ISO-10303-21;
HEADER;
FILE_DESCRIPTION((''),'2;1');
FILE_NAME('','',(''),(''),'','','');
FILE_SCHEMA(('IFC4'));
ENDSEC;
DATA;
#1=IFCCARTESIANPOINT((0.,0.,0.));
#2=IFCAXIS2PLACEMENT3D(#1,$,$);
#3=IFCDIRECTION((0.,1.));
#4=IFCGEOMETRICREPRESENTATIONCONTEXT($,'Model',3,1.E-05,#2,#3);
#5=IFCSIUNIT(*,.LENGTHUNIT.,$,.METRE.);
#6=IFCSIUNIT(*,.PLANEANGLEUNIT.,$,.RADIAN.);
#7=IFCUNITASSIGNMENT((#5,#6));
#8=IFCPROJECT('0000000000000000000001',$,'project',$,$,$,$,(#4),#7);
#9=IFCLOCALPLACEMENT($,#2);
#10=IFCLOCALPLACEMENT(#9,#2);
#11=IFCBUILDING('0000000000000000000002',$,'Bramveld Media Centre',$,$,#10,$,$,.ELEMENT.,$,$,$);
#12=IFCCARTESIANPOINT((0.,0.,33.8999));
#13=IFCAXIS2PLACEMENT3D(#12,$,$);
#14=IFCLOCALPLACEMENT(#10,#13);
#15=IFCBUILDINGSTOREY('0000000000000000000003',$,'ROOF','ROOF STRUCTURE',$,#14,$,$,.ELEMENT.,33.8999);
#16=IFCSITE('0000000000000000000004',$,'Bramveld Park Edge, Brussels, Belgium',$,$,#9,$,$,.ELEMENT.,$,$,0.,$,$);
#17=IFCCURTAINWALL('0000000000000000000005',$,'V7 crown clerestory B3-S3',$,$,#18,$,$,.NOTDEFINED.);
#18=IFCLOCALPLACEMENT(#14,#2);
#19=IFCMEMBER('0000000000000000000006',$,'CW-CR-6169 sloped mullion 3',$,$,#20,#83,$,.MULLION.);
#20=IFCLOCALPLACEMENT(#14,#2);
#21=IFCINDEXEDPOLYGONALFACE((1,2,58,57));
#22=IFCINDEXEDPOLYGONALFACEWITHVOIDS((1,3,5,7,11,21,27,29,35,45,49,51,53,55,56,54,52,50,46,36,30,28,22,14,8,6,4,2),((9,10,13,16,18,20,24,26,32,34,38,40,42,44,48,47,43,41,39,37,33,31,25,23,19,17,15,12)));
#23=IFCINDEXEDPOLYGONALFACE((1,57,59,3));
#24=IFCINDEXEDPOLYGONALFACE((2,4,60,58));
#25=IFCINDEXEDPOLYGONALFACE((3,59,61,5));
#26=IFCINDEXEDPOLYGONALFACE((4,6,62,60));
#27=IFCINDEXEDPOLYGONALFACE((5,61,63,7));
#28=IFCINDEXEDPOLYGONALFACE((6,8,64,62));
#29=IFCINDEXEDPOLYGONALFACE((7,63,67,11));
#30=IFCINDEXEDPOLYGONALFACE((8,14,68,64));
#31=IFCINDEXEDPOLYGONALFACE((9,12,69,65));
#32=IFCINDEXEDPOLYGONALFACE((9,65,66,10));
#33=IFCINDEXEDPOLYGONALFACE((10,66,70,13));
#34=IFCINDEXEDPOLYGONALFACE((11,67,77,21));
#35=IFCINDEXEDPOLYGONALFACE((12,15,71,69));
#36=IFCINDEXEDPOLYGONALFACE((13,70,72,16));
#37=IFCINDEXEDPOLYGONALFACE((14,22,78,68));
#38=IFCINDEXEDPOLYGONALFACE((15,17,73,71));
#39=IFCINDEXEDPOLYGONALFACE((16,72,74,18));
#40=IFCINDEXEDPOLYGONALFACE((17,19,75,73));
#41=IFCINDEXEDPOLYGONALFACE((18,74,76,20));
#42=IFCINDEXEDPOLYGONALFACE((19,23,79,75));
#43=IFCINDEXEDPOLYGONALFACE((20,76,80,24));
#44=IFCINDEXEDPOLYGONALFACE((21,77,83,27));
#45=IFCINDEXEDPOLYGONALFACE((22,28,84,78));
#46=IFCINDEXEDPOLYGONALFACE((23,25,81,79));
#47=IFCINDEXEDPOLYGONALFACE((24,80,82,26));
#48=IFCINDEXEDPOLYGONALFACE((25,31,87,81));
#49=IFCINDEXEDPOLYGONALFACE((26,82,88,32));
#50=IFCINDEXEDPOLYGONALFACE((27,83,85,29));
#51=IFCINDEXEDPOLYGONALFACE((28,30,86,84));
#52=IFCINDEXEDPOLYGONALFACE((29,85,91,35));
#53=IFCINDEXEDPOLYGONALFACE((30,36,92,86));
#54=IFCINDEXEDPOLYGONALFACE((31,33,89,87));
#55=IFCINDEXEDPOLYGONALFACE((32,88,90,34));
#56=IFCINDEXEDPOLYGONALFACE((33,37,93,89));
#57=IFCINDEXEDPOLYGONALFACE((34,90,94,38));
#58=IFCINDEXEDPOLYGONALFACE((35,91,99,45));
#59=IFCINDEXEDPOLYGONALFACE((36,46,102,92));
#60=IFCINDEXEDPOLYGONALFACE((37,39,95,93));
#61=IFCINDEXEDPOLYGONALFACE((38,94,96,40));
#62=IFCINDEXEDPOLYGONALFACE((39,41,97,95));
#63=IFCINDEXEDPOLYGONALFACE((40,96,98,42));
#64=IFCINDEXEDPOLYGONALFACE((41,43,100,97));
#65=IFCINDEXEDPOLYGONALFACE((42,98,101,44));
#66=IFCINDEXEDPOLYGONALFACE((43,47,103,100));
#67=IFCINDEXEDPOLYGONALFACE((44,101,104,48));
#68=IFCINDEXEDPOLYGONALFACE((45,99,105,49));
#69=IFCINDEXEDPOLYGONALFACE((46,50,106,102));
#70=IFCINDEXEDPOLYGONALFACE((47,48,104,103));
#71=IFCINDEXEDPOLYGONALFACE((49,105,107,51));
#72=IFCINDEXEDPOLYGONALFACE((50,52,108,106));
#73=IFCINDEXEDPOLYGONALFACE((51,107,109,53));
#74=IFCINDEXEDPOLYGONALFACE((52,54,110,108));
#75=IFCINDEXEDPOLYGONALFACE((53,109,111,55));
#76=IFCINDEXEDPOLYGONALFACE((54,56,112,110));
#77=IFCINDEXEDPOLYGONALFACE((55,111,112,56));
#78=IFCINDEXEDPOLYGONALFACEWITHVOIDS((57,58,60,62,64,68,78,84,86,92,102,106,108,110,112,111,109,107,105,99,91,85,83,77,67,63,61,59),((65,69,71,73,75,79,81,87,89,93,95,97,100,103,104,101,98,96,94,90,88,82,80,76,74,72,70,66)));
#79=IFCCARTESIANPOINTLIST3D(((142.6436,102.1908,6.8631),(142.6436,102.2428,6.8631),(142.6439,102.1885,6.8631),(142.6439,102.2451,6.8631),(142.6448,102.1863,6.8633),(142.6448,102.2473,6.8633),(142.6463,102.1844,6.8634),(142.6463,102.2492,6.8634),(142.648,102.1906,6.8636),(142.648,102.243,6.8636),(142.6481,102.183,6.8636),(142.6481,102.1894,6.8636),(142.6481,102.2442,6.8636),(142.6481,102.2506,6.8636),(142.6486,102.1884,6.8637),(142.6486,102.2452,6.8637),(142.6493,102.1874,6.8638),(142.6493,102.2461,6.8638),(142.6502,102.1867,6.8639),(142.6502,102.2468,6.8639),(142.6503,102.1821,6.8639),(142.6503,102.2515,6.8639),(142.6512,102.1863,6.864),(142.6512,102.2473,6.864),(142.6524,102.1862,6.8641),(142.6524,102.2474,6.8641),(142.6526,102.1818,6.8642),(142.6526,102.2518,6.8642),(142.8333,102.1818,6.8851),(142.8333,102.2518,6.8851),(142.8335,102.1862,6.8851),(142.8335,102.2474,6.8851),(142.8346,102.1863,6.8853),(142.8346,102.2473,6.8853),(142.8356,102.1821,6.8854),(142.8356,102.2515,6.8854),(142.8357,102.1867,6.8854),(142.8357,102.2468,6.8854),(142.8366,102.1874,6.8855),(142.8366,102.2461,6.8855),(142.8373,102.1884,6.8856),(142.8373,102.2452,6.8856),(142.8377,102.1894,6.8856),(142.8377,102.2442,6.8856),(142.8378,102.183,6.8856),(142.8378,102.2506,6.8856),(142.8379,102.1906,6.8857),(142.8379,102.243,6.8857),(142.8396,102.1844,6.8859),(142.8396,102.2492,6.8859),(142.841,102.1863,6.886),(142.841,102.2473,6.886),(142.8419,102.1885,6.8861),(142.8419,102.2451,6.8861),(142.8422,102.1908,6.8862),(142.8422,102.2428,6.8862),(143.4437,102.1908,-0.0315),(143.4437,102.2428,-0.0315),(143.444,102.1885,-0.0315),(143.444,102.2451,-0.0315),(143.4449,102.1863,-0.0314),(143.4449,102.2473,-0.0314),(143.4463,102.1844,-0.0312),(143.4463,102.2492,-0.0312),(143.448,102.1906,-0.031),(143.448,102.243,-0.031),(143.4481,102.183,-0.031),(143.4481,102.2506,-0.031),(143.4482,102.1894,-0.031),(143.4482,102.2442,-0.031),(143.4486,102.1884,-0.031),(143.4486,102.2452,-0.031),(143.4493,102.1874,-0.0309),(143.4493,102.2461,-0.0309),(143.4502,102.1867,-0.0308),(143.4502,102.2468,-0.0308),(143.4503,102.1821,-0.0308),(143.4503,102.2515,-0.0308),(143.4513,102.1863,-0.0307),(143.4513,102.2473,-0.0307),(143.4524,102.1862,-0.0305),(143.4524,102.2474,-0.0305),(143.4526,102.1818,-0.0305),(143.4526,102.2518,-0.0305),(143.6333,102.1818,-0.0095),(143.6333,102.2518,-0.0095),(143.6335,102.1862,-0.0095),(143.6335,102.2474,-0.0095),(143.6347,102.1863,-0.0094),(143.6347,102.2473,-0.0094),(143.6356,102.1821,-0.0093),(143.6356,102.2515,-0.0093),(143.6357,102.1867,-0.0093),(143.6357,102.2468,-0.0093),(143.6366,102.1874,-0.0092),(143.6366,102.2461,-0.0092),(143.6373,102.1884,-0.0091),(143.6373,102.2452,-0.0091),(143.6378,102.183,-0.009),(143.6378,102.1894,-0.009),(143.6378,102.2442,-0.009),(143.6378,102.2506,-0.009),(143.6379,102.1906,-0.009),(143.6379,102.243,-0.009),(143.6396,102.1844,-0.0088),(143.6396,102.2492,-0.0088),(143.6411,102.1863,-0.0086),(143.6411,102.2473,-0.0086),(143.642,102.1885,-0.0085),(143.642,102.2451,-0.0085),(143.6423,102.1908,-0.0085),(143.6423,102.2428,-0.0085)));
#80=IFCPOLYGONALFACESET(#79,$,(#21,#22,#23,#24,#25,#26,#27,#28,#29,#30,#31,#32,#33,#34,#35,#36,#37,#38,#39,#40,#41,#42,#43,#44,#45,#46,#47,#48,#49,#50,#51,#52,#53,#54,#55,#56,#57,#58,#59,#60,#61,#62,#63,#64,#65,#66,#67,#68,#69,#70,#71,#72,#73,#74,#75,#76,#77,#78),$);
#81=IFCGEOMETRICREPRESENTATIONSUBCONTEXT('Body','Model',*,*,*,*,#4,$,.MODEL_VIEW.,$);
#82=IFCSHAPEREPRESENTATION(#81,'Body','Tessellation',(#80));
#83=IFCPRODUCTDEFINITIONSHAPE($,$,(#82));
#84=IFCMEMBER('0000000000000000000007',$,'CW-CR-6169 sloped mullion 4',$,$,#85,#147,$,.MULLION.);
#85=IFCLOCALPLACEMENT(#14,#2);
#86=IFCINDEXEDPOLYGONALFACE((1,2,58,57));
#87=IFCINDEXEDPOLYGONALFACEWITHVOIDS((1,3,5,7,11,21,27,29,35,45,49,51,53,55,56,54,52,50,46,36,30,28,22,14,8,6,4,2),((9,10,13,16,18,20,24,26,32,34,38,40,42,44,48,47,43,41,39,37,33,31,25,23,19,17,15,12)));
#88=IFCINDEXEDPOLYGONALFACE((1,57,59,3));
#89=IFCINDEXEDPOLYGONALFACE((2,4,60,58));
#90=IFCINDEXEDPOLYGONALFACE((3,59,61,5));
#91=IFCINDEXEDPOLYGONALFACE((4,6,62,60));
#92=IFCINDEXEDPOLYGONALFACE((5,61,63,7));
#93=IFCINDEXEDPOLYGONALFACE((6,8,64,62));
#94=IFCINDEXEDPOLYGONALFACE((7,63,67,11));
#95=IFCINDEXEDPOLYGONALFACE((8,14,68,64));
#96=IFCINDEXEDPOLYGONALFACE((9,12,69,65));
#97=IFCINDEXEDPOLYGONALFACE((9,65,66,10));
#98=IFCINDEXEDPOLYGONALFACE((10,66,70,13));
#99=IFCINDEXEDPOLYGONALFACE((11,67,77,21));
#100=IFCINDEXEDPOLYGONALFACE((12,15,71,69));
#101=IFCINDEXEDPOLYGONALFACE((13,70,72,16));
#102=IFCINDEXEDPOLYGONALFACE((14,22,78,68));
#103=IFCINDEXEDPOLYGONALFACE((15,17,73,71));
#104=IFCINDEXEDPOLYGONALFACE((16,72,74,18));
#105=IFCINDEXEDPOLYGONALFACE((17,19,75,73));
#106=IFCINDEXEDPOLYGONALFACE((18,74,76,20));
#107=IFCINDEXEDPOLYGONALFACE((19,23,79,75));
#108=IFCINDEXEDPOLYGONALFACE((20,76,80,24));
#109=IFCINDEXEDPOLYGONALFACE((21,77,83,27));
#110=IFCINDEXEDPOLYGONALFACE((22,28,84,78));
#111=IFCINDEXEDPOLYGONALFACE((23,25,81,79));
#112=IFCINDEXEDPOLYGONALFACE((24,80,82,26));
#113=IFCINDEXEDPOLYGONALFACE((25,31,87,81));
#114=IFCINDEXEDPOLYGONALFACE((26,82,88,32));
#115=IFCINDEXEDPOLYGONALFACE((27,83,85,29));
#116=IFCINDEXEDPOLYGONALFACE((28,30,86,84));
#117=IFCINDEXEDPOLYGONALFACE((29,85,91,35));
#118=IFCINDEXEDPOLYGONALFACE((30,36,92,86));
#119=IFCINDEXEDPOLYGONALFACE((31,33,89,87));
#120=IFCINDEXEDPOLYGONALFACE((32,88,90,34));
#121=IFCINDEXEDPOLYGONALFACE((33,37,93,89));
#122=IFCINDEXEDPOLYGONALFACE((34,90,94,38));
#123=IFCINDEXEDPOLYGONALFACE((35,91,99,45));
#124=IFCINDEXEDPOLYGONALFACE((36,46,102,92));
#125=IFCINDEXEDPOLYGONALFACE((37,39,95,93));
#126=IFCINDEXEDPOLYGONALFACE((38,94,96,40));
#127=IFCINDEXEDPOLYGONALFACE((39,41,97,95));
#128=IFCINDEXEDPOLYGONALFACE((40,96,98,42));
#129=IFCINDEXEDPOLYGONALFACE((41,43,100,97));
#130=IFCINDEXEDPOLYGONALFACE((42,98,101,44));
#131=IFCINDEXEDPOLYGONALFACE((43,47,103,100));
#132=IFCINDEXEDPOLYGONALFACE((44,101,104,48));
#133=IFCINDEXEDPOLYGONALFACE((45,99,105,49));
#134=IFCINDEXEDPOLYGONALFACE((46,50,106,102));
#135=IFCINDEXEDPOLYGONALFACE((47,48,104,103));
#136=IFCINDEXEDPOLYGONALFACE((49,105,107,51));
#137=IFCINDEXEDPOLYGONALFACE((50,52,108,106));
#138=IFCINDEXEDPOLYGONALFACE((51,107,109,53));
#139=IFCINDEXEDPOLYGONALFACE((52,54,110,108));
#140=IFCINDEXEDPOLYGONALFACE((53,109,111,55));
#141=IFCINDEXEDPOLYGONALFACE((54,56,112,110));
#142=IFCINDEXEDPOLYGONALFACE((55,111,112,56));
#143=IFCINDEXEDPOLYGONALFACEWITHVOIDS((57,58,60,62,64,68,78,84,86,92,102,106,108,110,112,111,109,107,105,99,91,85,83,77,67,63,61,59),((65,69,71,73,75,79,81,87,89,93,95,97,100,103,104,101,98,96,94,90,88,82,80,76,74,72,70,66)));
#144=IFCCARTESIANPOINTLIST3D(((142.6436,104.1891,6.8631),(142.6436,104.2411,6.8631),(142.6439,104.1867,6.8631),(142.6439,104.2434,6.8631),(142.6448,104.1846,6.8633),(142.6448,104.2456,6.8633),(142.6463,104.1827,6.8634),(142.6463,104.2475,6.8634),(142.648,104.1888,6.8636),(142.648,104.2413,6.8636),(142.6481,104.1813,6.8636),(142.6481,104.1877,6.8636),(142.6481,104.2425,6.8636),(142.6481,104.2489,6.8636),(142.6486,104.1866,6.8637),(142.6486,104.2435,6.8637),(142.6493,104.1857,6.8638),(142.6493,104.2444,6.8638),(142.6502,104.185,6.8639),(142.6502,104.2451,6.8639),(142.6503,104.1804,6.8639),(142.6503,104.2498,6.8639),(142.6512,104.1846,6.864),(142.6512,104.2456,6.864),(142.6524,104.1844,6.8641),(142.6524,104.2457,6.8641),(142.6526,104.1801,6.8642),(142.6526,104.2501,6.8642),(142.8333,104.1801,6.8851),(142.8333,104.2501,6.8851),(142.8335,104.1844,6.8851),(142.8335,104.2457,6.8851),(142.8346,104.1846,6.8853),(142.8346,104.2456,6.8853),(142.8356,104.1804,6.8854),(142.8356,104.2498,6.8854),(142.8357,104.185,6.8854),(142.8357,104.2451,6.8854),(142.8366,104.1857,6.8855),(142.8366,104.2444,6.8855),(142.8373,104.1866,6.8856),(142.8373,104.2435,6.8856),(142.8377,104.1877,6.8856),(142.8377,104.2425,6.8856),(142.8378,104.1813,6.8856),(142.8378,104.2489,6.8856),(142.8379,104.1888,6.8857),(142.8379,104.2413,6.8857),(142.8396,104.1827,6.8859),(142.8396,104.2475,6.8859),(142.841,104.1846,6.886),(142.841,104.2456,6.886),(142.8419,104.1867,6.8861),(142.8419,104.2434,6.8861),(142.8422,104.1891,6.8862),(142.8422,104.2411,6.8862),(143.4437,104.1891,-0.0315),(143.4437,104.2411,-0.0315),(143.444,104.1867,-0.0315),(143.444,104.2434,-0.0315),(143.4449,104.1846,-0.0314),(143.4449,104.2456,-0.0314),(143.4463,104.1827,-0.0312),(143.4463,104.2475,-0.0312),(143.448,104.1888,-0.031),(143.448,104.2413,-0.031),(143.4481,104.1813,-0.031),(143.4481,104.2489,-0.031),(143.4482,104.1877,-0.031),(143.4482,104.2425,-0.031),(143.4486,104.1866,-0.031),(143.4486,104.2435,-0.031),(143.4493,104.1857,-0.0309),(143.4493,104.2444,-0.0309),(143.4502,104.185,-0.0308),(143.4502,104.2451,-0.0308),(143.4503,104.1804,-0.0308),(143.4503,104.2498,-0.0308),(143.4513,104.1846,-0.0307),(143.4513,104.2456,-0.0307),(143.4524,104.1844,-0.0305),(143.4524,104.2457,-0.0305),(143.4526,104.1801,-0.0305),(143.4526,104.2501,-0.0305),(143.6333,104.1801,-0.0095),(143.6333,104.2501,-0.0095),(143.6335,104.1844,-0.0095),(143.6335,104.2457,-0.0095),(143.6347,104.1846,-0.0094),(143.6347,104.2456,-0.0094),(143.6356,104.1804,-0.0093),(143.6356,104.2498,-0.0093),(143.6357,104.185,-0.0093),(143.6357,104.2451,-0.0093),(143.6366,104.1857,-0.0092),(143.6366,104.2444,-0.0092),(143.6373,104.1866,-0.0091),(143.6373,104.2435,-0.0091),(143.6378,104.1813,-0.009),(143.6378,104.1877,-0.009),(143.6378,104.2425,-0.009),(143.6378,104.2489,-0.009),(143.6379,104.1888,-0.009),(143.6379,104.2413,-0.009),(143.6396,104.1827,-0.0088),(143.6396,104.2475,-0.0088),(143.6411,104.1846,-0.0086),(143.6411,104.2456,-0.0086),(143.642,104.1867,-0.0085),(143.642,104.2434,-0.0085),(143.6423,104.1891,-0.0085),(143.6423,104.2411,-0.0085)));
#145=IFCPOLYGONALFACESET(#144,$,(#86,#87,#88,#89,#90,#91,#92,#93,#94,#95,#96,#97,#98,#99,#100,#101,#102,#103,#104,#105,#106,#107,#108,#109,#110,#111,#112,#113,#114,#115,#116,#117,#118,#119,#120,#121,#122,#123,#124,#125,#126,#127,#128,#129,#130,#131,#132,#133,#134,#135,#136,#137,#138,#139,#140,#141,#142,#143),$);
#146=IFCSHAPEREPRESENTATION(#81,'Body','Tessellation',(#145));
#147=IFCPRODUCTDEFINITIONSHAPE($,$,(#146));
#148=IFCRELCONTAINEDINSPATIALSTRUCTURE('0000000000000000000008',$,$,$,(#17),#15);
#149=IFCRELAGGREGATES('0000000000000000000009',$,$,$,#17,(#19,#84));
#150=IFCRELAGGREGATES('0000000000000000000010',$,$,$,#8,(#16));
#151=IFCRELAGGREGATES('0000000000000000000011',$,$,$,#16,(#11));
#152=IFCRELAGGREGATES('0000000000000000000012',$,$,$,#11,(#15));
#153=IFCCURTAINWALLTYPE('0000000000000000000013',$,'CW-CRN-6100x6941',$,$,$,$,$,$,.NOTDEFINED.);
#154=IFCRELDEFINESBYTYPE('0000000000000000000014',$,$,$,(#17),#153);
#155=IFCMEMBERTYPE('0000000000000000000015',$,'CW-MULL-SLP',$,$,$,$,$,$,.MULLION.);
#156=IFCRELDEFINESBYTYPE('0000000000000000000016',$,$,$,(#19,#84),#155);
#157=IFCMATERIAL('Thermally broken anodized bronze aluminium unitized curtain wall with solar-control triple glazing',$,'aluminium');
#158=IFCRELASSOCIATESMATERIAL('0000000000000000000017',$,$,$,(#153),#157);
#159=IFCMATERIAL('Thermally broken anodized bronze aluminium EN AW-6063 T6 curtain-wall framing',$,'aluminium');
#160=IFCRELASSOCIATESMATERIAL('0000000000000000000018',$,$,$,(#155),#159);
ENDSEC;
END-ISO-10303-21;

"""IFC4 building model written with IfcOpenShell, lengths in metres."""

from ifc_helpers import new_model, si_unit, direction, frame, origin, origin_2d, place, context, subcontext, project, spatial, hollow_rectangle, extrude, material, material_profile, profile_set, type_object, element, aggregate, save


model = new_model("IFC4")

# Units and contexts
model_context = context("Model", 3, precision=1e-05, world=origin(), true_north=direction((0.0, 1.0)))
body_context = subcontext(model_context, "Body", "Model", "MODEL_VIEW")
ifc_project = project(units=[si_unit("LENGTHUNIT", "METRE"), si_unit("PLANEANGLEUNIT", "RADIAN")], contexts=[model_context])

# Site, building, storey
site_placement = place(None, origin())
site = spatial("IfcSite", under=ifc_project, at=site_placement, Name="Bramveld Park Edge, Brussels, Belgium", CompositionType="ELEMENT", RefElevation=0.0)
building_placement = place(site_placement, origin())
building = spatial("IfcBuilding", under=site, at=building_placement, Name="Bramveld Media Centre", CompositionType="ELEMENT")
storey_placement = place(building_placement, frame((0.0, 0.0, 33.8999)))
storey = spatial("IfcBuildingStorey", under=building, at=storey_placement, Name="ROOF", Description="ROOF STRUCTURE", CompositionType="ELEMENT", Elevation=33.8999)

# Curtain wall, members
ifc_material_1 = material(Name="Thermally broken anodized bronze aluminium unitized curtain wall with solar-control triple glazing", Category="aluminium")
curtain_wall_type = type_object("IfcCurtainWallType", Name="CW-CRN-6100x6941", PredefinedType="NOTDEFINED", material=ifc_material_1)
curtain_wall_1_placement = place(storey_placement, origin())
curtain_wall_1 = element("IfcCurtainWall", 1, at=curtain_wall_1_placement, inside=storey, type_object=curtain_wall_type, Name="V7 crown clerestory B3-S3", PredefinedType="NOTDEFINED")
ifc_material_2 = material(Name="Thermally broken anodized bronze aluminium EN AW-6063 T6 curtain-wall framing", Category="aluminium")
ifc_material_profile_1 = material_profile(ifc_material_2, hollow_rectangle(XDim=0.0701, YDim=0.2, WallThickness=0.0044, InnerFilletRadius=0.0044, OuterFilletRadius=0.009, at=origin_2d()), Name="AL-MULL 70x200")
ifc_profile_set_1 = profile_set([ifc_material_profile_1], Name="Thermally broken anodized bronze aluminium EN AW-6063 T6 curtain-wall framing")
member_type_1 = type_object("IfcMemberType", Name="CW-MULL-SLP", PredefinedType="MULLION", material=ifc_profile_set_1)
member_1_placement = place(storey_placement, frame((143.543, 102.2168, -0.02), z_axis=(-0.115264, 0.0, 0.993335), x_axis=(0.0, -1.0, 0.0)))
member_1 = element("IfcMember", 2, at=member_1_placement, type_object=member_type_1, Name="CW-CR-6169 sloped mullion 3", PredefinedType="MULLION", context=body_context, shape_type="SweptSolid", body=[
    extrude(hollow_rectangle(XDim=0.0701, YDim=0.2, WallThickness=0.0044, InnerFilletRadius=0.0044, OuterFilletRadius=0.009, at=origin_2d()), origin(), (0.0, 0.0, 1.0), 6.9409),
])
member_2_placement = place(storey_placement, frame((143.543, 104.2151, -0.02), z_axis=(-0.115264, 0.0, 0.993335), x_axis=(0.0, -1.0, 0.0)))
member_2 = element("IfcMember", 3, at=member_2_placement, type_object=member_type_1, Name="CW-CR-6169 sloped mullion 4", PredefinedType="MULLION", context=body_context, shape_type="SweptSolid", body=[
    extrude(hollow_rectangle(XDim=0.0701, YDim=0.2, WallThickness=0.0044, InnerFilletRadius=0.0044, OuterFilletRadius=0.009, at=origin_2d()), origin(), (0.0, 0.0, 1.0), 6.9409),
])

aggregate(curtain_wall_1, [member_1, member_2])

save(model, "model.ifc")
